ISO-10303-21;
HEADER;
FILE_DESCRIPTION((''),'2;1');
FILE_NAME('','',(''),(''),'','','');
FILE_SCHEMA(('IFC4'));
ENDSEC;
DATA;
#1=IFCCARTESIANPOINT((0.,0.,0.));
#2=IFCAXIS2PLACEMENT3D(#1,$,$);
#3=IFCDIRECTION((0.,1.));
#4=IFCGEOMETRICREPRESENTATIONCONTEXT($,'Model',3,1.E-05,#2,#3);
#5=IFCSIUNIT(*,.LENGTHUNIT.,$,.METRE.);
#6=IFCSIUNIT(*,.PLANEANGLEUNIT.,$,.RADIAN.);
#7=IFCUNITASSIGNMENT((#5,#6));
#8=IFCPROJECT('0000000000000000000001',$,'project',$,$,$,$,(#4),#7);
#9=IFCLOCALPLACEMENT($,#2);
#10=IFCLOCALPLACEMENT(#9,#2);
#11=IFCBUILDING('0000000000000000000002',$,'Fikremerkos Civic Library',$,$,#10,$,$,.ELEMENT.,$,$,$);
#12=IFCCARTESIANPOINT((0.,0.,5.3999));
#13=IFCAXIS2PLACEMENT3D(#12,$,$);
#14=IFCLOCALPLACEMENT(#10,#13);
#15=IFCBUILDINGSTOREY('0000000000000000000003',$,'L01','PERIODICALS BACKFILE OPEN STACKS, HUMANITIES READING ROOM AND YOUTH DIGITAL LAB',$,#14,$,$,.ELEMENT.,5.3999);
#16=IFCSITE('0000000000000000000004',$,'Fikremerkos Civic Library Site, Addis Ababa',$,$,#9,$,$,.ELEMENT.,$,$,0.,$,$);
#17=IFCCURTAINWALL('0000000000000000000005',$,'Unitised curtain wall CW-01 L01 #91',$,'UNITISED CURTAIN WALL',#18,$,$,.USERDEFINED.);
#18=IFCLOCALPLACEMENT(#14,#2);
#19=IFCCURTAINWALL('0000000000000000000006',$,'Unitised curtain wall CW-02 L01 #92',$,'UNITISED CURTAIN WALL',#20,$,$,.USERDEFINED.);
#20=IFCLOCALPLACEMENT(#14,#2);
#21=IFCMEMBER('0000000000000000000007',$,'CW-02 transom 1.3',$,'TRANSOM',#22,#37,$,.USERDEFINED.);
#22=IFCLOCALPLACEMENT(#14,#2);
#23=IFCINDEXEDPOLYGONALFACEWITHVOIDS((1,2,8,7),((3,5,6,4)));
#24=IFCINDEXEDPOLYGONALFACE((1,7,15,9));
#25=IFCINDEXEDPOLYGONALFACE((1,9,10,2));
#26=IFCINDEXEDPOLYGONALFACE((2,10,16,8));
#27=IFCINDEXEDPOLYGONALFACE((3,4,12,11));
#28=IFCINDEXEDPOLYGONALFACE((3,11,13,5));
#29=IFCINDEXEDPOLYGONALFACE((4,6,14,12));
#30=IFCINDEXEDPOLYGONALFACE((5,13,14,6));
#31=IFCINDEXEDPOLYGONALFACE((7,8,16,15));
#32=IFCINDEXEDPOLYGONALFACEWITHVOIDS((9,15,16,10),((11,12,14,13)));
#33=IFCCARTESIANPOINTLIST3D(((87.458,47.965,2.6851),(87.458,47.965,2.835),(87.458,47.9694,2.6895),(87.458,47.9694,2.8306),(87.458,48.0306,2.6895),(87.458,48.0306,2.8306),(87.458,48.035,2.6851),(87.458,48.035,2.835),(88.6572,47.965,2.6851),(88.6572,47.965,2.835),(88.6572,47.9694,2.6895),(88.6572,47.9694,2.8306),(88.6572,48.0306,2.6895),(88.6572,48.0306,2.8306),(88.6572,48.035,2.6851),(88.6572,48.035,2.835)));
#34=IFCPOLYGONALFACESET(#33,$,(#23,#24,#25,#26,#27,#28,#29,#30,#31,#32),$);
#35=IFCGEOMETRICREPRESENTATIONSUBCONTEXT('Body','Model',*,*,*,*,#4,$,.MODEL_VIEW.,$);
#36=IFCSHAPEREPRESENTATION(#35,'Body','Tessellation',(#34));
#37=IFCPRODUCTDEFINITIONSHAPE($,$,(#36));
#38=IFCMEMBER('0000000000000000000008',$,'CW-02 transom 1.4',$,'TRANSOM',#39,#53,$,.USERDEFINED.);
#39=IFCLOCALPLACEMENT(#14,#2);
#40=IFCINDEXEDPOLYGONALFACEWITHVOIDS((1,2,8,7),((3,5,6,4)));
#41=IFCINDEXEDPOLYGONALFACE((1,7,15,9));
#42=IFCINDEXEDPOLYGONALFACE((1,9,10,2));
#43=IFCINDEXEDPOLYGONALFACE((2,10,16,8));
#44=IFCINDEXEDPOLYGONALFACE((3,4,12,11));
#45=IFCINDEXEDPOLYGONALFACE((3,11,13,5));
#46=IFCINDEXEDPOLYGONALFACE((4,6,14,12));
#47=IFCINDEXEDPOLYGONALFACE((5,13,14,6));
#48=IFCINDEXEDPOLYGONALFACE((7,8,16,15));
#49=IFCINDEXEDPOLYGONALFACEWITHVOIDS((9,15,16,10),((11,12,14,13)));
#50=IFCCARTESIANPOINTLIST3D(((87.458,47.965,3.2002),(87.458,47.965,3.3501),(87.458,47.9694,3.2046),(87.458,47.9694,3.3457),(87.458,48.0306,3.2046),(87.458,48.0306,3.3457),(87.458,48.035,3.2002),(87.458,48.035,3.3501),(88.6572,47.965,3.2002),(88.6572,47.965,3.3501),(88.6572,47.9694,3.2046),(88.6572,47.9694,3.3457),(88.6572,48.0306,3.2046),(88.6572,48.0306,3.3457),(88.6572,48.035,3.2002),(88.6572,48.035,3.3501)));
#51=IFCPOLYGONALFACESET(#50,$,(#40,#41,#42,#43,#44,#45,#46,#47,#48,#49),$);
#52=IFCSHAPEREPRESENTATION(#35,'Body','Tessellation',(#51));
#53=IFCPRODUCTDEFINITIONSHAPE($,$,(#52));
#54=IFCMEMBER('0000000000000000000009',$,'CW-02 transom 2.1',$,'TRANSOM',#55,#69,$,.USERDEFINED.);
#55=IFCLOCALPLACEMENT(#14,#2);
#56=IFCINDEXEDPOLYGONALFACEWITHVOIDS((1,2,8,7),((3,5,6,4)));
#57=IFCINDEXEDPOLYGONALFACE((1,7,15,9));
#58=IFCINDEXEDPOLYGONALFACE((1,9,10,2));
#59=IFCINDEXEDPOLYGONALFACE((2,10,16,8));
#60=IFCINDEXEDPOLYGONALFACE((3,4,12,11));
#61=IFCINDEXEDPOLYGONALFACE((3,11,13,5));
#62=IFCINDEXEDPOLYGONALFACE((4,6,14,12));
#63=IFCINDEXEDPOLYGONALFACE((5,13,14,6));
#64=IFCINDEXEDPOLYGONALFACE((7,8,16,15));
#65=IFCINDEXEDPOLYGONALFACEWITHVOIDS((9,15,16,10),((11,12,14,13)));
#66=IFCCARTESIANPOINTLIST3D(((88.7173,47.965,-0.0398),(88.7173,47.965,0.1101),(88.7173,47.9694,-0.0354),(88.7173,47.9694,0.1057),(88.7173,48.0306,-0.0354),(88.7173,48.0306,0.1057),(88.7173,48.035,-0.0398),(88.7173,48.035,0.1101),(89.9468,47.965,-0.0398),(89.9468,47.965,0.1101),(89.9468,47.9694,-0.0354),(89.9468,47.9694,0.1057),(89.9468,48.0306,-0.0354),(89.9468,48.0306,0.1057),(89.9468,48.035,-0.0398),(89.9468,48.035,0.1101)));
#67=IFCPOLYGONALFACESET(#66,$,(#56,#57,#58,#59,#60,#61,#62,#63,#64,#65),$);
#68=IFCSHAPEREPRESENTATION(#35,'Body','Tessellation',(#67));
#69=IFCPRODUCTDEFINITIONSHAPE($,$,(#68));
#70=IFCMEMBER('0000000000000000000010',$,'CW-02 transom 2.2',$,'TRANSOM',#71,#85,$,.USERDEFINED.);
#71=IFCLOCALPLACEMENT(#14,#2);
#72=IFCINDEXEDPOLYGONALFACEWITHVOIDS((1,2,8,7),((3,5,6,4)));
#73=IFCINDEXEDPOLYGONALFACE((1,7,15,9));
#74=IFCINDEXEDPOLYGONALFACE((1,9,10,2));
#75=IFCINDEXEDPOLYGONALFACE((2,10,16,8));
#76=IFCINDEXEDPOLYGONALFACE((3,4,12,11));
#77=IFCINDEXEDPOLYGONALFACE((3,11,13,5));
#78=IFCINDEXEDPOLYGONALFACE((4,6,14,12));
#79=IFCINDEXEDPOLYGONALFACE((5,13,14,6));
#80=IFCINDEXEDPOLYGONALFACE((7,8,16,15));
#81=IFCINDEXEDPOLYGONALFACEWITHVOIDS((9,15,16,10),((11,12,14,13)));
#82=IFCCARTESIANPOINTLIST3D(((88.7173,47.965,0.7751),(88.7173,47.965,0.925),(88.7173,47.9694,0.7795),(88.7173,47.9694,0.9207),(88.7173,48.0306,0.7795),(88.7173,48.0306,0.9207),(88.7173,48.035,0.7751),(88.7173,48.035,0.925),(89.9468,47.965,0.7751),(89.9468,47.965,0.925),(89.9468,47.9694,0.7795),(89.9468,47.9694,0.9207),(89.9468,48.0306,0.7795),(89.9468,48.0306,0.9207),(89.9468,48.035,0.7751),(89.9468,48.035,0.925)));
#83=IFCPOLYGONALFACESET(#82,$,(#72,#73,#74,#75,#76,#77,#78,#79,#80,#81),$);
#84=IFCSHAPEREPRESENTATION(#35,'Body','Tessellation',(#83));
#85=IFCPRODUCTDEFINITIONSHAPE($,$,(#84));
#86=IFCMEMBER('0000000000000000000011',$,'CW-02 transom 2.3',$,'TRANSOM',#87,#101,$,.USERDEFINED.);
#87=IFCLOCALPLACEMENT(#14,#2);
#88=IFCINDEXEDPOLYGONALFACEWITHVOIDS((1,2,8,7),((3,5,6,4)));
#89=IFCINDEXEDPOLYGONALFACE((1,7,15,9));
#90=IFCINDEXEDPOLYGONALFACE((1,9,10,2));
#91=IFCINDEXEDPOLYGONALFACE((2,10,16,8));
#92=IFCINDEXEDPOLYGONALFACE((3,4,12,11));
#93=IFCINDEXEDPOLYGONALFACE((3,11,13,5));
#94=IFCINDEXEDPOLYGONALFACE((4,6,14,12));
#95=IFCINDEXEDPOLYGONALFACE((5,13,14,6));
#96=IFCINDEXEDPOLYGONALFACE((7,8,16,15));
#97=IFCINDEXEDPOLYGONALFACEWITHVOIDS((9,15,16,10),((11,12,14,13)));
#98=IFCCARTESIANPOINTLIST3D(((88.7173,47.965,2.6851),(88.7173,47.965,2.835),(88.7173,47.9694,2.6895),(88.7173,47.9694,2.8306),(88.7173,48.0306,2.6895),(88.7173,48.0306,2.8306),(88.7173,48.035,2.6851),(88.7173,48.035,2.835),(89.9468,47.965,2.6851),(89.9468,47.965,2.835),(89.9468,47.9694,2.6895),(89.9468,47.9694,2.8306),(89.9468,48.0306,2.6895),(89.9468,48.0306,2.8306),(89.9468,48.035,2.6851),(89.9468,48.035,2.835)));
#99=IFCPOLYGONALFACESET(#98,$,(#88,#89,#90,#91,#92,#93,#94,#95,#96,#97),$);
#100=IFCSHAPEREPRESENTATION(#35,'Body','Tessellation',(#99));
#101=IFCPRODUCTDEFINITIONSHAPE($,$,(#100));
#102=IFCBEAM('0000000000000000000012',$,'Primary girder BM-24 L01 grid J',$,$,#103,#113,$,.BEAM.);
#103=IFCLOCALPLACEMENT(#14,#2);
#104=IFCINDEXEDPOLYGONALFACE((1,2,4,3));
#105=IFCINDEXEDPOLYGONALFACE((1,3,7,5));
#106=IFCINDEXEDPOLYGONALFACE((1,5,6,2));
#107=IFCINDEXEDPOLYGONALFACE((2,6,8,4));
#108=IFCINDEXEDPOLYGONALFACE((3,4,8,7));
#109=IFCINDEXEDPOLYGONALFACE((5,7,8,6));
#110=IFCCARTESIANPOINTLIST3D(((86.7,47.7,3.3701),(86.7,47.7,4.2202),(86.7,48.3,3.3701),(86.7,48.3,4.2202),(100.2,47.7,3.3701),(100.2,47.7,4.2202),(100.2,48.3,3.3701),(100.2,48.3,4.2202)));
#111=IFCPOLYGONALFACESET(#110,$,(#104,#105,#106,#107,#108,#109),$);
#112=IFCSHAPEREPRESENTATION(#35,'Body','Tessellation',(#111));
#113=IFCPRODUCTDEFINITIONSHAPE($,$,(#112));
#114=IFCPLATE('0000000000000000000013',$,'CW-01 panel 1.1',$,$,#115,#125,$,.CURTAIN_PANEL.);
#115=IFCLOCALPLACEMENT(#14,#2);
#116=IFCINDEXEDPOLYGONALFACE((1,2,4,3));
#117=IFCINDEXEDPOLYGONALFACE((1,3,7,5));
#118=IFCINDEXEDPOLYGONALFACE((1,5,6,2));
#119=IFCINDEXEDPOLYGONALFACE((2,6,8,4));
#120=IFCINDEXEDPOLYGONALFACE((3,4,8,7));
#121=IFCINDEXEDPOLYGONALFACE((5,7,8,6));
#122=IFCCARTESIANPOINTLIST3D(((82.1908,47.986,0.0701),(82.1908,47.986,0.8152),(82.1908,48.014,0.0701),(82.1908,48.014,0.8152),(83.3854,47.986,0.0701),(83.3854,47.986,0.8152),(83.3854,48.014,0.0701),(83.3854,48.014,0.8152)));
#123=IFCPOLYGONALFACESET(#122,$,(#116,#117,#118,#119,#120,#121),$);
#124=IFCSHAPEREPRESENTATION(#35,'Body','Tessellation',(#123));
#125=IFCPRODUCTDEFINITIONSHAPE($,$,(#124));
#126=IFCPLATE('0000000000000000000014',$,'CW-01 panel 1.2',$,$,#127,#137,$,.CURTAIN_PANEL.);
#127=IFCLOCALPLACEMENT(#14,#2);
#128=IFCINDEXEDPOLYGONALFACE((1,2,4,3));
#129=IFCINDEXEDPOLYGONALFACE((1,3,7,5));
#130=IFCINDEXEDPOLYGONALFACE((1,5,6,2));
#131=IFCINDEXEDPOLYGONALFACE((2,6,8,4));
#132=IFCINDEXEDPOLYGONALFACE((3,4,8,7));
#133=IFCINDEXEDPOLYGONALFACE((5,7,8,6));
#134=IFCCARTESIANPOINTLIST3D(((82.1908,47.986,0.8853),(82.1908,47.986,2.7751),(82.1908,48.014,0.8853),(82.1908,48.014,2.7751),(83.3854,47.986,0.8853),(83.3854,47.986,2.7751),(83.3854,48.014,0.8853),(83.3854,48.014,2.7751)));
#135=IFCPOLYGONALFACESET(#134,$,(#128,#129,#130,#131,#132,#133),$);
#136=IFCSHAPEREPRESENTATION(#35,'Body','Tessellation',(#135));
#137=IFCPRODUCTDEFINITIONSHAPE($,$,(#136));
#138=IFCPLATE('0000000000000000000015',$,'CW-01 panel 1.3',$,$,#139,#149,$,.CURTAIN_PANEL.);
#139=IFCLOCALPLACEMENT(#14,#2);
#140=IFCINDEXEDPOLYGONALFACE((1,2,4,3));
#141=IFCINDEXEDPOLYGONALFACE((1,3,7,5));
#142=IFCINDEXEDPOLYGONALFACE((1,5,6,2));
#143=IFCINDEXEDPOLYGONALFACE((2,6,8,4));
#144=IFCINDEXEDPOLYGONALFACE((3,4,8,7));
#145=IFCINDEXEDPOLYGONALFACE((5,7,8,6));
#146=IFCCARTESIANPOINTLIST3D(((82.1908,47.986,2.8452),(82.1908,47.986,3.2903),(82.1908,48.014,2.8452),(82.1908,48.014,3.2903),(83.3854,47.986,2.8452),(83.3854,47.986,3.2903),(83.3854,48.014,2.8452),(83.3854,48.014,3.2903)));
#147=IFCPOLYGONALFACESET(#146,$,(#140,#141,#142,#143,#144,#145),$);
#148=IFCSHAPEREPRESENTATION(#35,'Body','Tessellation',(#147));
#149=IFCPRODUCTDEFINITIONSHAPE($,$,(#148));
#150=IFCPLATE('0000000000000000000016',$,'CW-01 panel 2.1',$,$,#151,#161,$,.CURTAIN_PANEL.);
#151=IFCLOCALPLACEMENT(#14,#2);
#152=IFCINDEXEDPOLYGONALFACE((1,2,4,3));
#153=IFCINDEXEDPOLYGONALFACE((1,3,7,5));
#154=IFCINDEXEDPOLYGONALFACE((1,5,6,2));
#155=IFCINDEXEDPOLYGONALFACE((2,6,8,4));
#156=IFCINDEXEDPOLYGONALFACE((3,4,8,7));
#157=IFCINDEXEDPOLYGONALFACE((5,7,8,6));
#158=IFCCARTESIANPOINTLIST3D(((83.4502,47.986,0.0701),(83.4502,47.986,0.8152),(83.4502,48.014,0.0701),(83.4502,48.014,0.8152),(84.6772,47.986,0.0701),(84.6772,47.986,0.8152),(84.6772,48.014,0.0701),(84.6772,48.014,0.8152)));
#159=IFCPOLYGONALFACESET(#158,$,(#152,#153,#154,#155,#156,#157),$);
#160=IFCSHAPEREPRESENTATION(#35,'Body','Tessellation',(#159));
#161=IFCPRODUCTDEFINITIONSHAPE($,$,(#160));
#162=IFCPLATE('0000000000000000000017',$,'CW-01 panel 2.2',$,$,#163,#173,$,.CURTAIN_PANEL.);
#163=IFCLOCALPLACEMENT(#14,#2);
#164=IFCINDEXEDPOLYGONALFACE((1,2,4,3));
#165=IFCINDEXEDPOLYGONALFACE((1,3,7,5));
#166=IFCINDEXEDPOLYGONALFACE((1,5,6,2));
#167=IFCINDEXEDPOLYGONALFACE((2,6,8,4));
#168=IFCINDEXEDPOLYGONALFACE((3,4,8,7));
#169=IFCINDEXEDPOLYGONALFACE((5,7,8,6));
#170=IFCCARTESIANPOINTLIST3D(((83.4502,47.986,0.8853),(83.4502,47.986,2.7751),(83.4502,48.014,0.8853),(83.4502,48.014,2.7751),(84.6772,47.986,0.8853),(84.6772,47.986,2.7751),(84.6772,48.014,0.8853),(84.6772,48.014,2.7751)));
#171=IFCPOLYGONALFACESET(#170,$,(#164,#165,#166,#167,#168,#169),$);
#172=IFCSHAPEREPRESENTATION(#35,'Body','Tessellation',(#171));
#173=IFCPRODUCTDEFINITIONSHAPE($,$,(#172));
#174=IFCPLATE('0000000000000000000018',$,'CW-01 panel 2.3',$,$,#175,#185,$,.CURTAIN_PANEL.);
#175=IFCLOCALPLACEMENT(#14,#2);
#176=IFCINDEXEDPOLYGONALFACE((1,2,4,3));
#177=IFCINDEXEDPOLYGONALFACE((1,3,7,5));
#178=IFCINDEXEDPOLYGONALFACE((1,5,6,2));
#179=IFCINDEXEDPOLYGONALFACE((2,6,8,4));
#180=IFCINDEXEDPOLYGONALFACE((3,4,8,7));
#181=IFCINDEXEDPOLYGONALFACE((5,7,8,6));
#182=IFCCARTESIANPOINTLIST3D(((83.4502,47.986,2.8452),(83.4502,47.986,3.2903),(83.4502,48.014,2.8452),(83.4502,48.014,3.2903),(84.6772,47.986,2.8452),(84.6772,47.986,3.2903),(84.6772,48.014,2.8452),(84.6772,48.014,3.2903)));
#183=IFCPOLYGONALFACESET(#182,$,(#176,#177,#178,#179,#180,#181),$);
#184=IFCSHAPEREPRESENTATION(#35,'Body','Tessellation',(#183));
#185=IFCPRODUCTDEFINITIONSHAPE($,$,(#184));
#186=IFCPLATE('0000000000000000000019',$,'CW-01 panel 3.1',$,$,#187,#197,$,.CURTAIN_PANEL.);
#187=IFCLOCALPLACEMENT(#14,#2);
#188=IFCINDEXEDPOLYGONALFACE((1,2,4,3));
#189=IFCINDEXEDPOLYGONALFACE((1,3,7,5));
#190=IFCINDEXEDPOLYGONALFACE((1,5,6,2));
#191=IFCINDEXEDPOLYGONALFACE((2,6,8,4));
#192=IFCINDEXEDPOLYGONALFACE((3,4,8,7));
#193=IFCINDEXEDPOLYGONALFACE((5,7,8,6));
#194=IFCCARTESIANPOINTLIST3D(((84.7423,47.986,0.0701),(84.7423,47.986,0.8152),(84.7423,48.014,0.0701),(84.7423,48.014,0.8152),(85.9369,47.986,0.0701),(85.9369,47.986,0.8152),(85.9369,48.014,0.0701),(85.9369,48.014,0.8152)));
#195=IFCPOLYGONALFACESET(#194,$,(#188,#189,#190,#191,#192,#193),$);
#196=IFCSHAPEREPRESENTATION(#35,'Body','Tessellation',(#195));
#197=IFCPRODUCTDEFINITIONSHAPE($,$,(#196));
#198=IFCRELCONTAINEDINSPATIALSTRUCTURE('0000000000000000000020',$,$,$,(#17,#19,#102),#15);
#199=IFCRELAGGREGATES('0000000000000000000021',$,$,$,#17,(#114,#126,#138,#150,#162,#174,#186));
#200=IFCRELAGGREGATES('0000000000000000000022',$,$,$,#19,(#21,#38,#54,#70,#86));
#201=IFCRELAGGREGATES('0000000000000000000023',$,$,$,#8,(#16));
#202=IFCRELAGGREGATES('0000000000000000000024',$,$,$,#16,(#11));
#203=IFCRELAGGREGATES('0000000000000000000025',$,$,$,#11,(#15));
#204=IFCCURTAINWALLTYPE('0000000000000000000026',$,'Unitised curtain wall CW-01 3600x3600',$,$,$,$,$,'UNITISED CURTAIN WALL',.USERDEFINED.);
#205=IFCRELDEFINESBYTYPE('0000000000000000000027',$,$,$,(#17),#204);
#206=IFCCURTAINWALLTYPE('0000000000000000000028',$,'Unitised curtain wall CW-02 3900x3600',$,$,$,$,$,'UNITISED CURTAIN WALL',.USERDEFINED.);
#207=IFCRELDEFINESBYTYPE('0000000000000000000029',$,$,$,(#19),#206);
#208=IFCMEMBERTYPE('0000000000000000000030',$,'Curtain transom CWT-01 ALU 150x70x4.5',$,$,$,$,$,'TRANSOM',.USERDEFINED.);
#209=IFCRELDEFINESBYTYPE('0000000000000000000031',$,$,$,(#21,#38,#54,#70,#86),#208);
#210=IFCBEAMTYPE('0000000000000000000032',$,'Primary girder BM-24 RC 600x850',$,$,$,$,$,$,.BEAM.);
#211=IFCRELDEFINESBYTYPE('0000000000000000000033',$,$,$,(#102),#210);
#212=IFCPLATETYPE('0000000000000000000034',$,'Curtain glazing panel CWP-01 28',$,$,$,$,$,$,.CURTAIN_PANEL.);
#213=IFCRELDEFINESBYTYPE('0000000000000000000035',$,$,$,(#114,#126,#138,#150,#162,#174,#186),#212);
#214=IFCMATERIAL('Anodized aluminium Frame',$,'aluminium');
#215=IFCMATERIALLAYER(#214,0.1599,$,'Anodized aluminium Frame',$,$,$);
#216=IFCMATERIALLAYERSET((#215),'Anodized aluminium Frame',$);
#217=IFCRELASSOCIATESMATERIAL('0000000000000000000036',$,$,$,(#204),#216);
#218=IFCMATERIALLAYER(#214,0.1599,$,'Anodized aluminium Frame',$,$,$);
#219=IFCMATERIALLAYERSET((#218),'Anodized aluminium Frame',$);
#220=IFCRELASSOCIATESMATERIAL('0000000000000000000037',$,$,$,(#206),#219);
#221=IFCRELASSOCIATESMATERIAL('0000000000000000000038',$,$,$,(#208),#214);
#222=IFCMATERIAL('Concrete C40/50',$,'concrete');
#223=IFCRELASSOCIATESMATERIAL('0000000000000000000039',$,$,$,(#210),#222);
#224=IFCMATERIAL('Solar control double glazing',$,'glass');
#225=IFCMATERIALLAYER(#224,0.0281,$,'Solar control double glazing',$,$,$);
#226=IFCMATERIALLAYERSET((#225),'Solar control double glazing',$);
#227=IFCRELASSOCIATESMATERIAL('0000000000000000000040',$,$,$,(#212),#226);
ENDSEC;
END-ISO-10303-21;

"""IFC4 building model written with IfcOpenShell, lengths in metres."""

from ifc_helpers import new_model, si_unit, direction, frame, origin, origin_2d, place, context, subcontext, project, spatial, rectangle, hollow_rectangle, extrude, material, layer, layer_set, material_profile, profile_set, type_object, element, aggregate, save


model = new_model("IFC4")

# Units and contexts
model_context = context("Model", 3, precision=1e-05, world=origin(), true_north=direction((0.0, 1.0)))
body_context = subcontext(model_context, "Body", "Model", "MODEL_VIEW")
ifc_project = project(units=[si_unit("LENGTHUNIT", "METRE"), si_unit("PLANEANGLEUNIT", "RADIAN")], contexts=[model_context])

# Site, building, storey
site_placement = place(None, origin())
site = spatial("IfcSite", under=ifc_project, at=site_placement, Name="Fikremerkos Civic Library Site, Addis Ababa", CompositionType="ELEMENT", RefElevation=0.0)
building_placement = place(site_placement, origin())
building = spatial("IfcBuilding", under=site, at=building_placement, Name="Fikremerkos Civic Library", CompositionType="ELEMENT")
storey_placement = place(building_placement, frame((0.0, 0.0, 5.3999)))
storey = spatial("IfcBuildingStorey", under=building, at=storey_placement, Name="L01", Description="PERIODICALS BACKFILE OPEN STACKS, HUMANITIES READING ROOM AND YOUTH DIGITAL LAB", CompositionType="ELEMENT", Elevation=5.3999)

# Shared definitions
ifc_material_1 = material(Name="Concrete C40/50", Category="concrete")

# Curtain walls
ifc_material_2 = material(Name="Anodized aluminium Frame", Category="aluminium")
ifc_layer_1 = layer(ifc_material_2, 0.1599, Name="Anodized aluminium Frame")
ifc_layer_set_1 = layer_set([ifc_layer_1], Name="Anodized aluminium Frame")
curtain_wall_type_1 = type_object("IfcCurtainWallType", Name="Unitised curtain wall CW-01 3600x3600", ElementType="UNITISED CURTAIN WALL", PredefinedType="USERDEFINED", material=ifc_layer_set_1)
curtain_wall_1_placement = place(storey_placement, origin())
curtain_wall_1 = element("IfcCurtainWall", 1, at=curtain_wall_1_placement, inside=storey, type_object=curtain_wall_type_1, Name="Unitised curtain wall CW-01 L01 #91", ObjectType="UNITISED CURTAIN WALL", PredefinedType="USERDEFINED")
ifc_layer_2 = layer(ifc_material_2, 0.1599, Name="Anodized aluminium Frame")
ifc_layer_set_2 = layer_set([ifc_layer_2], Name="Anodized aluminium Frame")
curtain_wall_type_2 = type_object("IfcCurtainWallType", Name="Unitised curtain wall CW-02 3900x3600", ElementType="UNITISED CURTAIN WALL", PredefinedType="USERDEFINED", material=ifc_layer_set_2)
curtain_wall_2_placement = place(storey_placement, origin())
curtain_wall_2 = element("IfcCurtainWall", 2, at=curtain_wall_2_placement, inside=storey, type_object=curtain_wall_type_2, Name="Unitised curtain wall CW-02 L01 #92", ObjectType="UNITISED CURTAIN WALL", PredefinedType="USERDEFINED")

# Members
ifc_material_profile_1 = material_profile(ifc_material_2, hollow_rectangle(XDim=0.0701, YDim=0.1499, WallThickness=0.0044, at=origin_2d()), Name="ALU 150x70x4.5")
ifc_profile_set_1 = profile_set([ifc_material_profile_1], Name="Anodized aluminium Frame")
member_type_1 = type_object("IfcMemberType", Name="Curtain transom CWT-01 ALU 150x70x4.5", ElementType="TRANSOM", PredefinedType="USERDEFINED", material=ifc_profile_set_1)
member_1_placement = place(storey_placement, frame((87.458, 48.0, 2.76), z_axis=(1.0, 0.0, 0.0), x_axis=(0.0, 1.0, 0.0)))
member_1 = element("IfcMember", 3, at=member_1_placement, type_object=member_type_1, Name="CW-02 transom 1.3", ObjectType="TRANSOM", PredefinedType="USERDEFINED", context=body_context, shape_type="SweptSolid", body=[
    extrude(hollow_rectangle(XDim=0.0701, YDim=0.1499, WallThickness=0.0044, at=origin_2d()), origin(), (0.0, 0.0, 1.0), 1.1992),
])
member_2_placement = place(storey_placement, frame((87.458, 48.0, 3.2751), z_axis=(1.0, 0.0, 0.0), x_axis=(0.0, 1.0, 0.0)))
member_2 = element("IfcMember", 4, at=member_2_placement, type_object=member_type_1, Name="CW-02 transom 1.4", ObjectType="TRANSOM", PredefinedType="USERDEFINED", context=body_context, shape_type="SweptSolid", body=[
    extrude(hollow_rectangle(XDim=0.0701, YDim=0.1499, WallThickness=0.0044, at=origin_2d()), origin(), (0.0, 0.0, 1.0), 1.1992),
])
member_3_placement = place(storey_placement, frame((88.7173, 48.0, 0.0352), z_axis=(1.0, 0.0, 0.0), x_axis=(0.0, 1.0, 0.0)))
member_3 = element("IfcMember", 5, at=member_3_placement, type_object=member_type_1, Name="CW-02 transom 2.1", ObjectType="TRANSOM", PredefinedType="USERDEFINED", context=body_context, shape_type="SweptSolid", body=[
    extrude(hollow_rectangle(XDim=0.0701, YDim=0.1499, WallThickness=0.0044, at=origin_2d()), origin(), (0.0, 0.0, 1.0), 1.2295),
])
member_4_placement = place(storey_placement, frame((88.7173, 48.0, 0.8501), z_axis=(1.0, 0.0, 0.0), x_axis=(0.0, 1.0, 0.0)))
member_4 = element("IfcMember", 6, at=member_4_placement, type_object=member_type_1, Name="CW-02 transom 2.2", ObjectType="TRANSOM", PredefinedType="USERDEFINED", context=body_context, shape_type="SweptSolid", body=[
    extrude(hollow_rectangle(XDim=0.0701, YDim=0.1499, WallThickness=0.0044, at=origin_2d()), origin(), (0.0, 0.0, 1.0), 1.2295),
])
member_5_placement = place(storey_placement, frame((88.7173, 48.0, 2.76), z_axis=(1.0, 0.0, 0.0), x_axis=(0.0, 1.0, 0.0)))
member_5 = element("IfcMember", 7, at=member_5_placement, type_object=member_type_1, Name="CW-02 transom 2.3", ObjectType="TRANSOM", PredefinedType="USERDEFINED", context=body_context, shape_type="SweptSolid", body=[
    extrude(hollow_rectangle(XDim=0.0701, YDim=0.1499, WallThickness=0.0044, at=origin_2d()), origin(), (0.0, 0.0, 1.0), 1.2295),
])

# Beam
ifc_material_profile_2 = material_profile(ifc_material_1, rectangle(XDim=0.6001, YDim=0.8501, at=origin_2d()), Name="RC 600x850")
ifc_profile_set_2 = profile_set([ifc_material_profile_2], Name="Concrete C40/50")
beam_type = type_object("IfcBeamType", Name="Primary girder BM-24 RC 600x850", PredefinedType="BEAM", material=ifc_profile_set_2)
beam_placement = place(storey_placement, frame((86.7, 48.0, 3.7952), z_axis=(1.0, 0.0, 0.0), x_axis=(0.0, 1.0, 0.0)))
element("IfcBeam", 8, at=beam_placement, inside=storey, type_object=beam_type, Name="Primary girder BM-24 L01 grid J", PredefinedType="BEAM", context=body_context, shape_type="SweptSolid", body=[
    extrude(rectangle(XDim=0.6001, YDim=0.8501, at=origin_2d()), origin(), (0.0, 0.0, 1.0), 13.5),
])

# Plates
ifc_material_3 = material(Name="Solar control double glazing", Category="glass")
ifc_layer_3 = layer(ifc_material_3, 0.0281, Name="Solar control double glazing")
ifc_layer_set_3 = layer_set([ifc_layer_3], Name="Solar control double glazing")
plate_type_1 = type_object("IfcPlateType", Name="Curtain glazing panel CWP-01 28", PredefinedType="CURTAIN_PANEL", material=ifc_layer_set_3)
plate_1_placement = place(storey_placement, frame((82.7881, 48.0, 0.0701), z_axis=(0.0, 0.0, 1.0), x_axis=(1.0, 0.0, 0.0)))
plate_1 = element("IfcPlate", 9, at=plate_1_placement, type_object=plate_type_1, Name="CW-01 panel 1.1", PredefinedType="CURTAIN_PANEL", context=body_context, shape_type="SweptSolid", body=[
    extrude(rectangle(XDim=1.1946, YDim=0.0281, at=origin_2d()), origin(), (0.0, 0.0, 1.0), 0.7451),
])
plate_2_placement = place(storey_placement, frame((82.7881, 48.0, 0.8853), z_axis=(0.0, 0.0, 1.0), x_axis=(1.0, 0.0, 0.0)))
plate_2 = element("IfcPlate", 10, at=plate_2_placement, type_object=plate_type_1, Name="CW-01 panel 1.2", PredefinedType="CURTAIN_PANEL", context=body_context, shape_type="SweptSolid", body=[
    extrude(rectangle(XDim=1.1946, YDim=0.0281, at=origin_2d()), origin(), (0.0, 0.0, 1.0), 1.8899),
])
plate_3_placement = place(storey_placement, frame((82.7881, 48.0, 2.8452), z_axis=(0.0, 0.0, 1.0), x_axis=(1.0, 0.0, 0.0)))
plate_3 = element("IfcPlate", 11, at=plate_3_placement, type_object=plate_type_1, Name="CW-01 panel 1.3", PredefinedType="CURTAIN_PANEL", context=body_context, shape_type="SweptSolid", body=[
    extrude(rectangle(XDim=1.1946, YDim=0.0281, at=origin_2d()), origin(), (0.0, 0.0, 1.0), 0.4451),
])
plate_4_placement = place(storey_placement, frame((84.0637, 48.0, 0.0701), z_axis=(0.0, 0.0, 1.0), x_axis=(1.0, 0.0, 0.0)))
plate_4 = element("IfcPlate", 12, at=plate_4_placement, type_object=plate_type_1, Name="CW-01 panel 2.1", PredefinedType="CURTAIN_PANEL", context=body_context, shape_type="SweptSolid", body=[
    extrude(rectangle(XDim=1.2271, YDim=0.0281, at=origin_2d()), origin(), (0.0, 0.0, 1.0), 0.7451),
])
plate_5_placement = place(storey_placement, frame((84.0637, 48.0, 0.8853), z_axis=(0.0, 0.0, 1.0), x_axis=(1.0, 0.0, 0.0)))
plate_5 = element("IfcPlate", 13, at=plate_5_placement, type_object=plate_type_1, Name="CW-01 panel 2.2", PredefinedType="CURTAIN_PANEL", context=body_context, shape_type="SweptSolid", body=[
    extrude(rectangle(XDim=1.2271, YDim=0.0281, at=origin_2d()), origin(), (0.0, 0.0, 1.0), 1.8899),
])
plate_6_placement = place(storey_placement, frame((84.0637, 48.0, 2.8452), z_axis=(0.0, 0.0, 1.0), x_axis=(1.0, 0.0, 0.0)))
plate_6 = element("IfcPlate", 14, at=plate_6_placement, type_object=plate_type_1, Name="CW-01 panel 2.3", PredefinedType="CURTAIN_PANEL", context=body_context, shape_type="SweptSolid", body=[
    extrude(rectangle(XDim=1.2271, YDim=0.0281, at=origin_2d()), origin(), (0.0, 0.0, 1.0), 0.4451),
])
plate_7_placement = place(storey_placement, frame((85.3396, 48.0, 0.0701), z_axis=(0.0, 0.0, 1.0), x_axis=(1.0, 0.0, 0.0)))
plate_7 = element("IfcPlate", 15, at=plate_7_placement, type_object=plate_type_1, Name="CW-01 panel 3.1", PredefinedType="CURTAIN_PANEL", context=body_context, shape_type="SweptSolid", body=[
    extrude(rectangle(XDim=1.1946, YDim=0.0281, at=origin_2d()), origin(), (0.0, 0.0, 1.0), 0.7451),
])
aggregate(curtain_wall_1, [plate_1, plate_2, plate_3, plate_4, plate_5, plate_6, plate_7])
aggregate(curtain_wall_2, [member_1, member_2, member_3, member_4, member_5])

save(model, "model.ifc")
